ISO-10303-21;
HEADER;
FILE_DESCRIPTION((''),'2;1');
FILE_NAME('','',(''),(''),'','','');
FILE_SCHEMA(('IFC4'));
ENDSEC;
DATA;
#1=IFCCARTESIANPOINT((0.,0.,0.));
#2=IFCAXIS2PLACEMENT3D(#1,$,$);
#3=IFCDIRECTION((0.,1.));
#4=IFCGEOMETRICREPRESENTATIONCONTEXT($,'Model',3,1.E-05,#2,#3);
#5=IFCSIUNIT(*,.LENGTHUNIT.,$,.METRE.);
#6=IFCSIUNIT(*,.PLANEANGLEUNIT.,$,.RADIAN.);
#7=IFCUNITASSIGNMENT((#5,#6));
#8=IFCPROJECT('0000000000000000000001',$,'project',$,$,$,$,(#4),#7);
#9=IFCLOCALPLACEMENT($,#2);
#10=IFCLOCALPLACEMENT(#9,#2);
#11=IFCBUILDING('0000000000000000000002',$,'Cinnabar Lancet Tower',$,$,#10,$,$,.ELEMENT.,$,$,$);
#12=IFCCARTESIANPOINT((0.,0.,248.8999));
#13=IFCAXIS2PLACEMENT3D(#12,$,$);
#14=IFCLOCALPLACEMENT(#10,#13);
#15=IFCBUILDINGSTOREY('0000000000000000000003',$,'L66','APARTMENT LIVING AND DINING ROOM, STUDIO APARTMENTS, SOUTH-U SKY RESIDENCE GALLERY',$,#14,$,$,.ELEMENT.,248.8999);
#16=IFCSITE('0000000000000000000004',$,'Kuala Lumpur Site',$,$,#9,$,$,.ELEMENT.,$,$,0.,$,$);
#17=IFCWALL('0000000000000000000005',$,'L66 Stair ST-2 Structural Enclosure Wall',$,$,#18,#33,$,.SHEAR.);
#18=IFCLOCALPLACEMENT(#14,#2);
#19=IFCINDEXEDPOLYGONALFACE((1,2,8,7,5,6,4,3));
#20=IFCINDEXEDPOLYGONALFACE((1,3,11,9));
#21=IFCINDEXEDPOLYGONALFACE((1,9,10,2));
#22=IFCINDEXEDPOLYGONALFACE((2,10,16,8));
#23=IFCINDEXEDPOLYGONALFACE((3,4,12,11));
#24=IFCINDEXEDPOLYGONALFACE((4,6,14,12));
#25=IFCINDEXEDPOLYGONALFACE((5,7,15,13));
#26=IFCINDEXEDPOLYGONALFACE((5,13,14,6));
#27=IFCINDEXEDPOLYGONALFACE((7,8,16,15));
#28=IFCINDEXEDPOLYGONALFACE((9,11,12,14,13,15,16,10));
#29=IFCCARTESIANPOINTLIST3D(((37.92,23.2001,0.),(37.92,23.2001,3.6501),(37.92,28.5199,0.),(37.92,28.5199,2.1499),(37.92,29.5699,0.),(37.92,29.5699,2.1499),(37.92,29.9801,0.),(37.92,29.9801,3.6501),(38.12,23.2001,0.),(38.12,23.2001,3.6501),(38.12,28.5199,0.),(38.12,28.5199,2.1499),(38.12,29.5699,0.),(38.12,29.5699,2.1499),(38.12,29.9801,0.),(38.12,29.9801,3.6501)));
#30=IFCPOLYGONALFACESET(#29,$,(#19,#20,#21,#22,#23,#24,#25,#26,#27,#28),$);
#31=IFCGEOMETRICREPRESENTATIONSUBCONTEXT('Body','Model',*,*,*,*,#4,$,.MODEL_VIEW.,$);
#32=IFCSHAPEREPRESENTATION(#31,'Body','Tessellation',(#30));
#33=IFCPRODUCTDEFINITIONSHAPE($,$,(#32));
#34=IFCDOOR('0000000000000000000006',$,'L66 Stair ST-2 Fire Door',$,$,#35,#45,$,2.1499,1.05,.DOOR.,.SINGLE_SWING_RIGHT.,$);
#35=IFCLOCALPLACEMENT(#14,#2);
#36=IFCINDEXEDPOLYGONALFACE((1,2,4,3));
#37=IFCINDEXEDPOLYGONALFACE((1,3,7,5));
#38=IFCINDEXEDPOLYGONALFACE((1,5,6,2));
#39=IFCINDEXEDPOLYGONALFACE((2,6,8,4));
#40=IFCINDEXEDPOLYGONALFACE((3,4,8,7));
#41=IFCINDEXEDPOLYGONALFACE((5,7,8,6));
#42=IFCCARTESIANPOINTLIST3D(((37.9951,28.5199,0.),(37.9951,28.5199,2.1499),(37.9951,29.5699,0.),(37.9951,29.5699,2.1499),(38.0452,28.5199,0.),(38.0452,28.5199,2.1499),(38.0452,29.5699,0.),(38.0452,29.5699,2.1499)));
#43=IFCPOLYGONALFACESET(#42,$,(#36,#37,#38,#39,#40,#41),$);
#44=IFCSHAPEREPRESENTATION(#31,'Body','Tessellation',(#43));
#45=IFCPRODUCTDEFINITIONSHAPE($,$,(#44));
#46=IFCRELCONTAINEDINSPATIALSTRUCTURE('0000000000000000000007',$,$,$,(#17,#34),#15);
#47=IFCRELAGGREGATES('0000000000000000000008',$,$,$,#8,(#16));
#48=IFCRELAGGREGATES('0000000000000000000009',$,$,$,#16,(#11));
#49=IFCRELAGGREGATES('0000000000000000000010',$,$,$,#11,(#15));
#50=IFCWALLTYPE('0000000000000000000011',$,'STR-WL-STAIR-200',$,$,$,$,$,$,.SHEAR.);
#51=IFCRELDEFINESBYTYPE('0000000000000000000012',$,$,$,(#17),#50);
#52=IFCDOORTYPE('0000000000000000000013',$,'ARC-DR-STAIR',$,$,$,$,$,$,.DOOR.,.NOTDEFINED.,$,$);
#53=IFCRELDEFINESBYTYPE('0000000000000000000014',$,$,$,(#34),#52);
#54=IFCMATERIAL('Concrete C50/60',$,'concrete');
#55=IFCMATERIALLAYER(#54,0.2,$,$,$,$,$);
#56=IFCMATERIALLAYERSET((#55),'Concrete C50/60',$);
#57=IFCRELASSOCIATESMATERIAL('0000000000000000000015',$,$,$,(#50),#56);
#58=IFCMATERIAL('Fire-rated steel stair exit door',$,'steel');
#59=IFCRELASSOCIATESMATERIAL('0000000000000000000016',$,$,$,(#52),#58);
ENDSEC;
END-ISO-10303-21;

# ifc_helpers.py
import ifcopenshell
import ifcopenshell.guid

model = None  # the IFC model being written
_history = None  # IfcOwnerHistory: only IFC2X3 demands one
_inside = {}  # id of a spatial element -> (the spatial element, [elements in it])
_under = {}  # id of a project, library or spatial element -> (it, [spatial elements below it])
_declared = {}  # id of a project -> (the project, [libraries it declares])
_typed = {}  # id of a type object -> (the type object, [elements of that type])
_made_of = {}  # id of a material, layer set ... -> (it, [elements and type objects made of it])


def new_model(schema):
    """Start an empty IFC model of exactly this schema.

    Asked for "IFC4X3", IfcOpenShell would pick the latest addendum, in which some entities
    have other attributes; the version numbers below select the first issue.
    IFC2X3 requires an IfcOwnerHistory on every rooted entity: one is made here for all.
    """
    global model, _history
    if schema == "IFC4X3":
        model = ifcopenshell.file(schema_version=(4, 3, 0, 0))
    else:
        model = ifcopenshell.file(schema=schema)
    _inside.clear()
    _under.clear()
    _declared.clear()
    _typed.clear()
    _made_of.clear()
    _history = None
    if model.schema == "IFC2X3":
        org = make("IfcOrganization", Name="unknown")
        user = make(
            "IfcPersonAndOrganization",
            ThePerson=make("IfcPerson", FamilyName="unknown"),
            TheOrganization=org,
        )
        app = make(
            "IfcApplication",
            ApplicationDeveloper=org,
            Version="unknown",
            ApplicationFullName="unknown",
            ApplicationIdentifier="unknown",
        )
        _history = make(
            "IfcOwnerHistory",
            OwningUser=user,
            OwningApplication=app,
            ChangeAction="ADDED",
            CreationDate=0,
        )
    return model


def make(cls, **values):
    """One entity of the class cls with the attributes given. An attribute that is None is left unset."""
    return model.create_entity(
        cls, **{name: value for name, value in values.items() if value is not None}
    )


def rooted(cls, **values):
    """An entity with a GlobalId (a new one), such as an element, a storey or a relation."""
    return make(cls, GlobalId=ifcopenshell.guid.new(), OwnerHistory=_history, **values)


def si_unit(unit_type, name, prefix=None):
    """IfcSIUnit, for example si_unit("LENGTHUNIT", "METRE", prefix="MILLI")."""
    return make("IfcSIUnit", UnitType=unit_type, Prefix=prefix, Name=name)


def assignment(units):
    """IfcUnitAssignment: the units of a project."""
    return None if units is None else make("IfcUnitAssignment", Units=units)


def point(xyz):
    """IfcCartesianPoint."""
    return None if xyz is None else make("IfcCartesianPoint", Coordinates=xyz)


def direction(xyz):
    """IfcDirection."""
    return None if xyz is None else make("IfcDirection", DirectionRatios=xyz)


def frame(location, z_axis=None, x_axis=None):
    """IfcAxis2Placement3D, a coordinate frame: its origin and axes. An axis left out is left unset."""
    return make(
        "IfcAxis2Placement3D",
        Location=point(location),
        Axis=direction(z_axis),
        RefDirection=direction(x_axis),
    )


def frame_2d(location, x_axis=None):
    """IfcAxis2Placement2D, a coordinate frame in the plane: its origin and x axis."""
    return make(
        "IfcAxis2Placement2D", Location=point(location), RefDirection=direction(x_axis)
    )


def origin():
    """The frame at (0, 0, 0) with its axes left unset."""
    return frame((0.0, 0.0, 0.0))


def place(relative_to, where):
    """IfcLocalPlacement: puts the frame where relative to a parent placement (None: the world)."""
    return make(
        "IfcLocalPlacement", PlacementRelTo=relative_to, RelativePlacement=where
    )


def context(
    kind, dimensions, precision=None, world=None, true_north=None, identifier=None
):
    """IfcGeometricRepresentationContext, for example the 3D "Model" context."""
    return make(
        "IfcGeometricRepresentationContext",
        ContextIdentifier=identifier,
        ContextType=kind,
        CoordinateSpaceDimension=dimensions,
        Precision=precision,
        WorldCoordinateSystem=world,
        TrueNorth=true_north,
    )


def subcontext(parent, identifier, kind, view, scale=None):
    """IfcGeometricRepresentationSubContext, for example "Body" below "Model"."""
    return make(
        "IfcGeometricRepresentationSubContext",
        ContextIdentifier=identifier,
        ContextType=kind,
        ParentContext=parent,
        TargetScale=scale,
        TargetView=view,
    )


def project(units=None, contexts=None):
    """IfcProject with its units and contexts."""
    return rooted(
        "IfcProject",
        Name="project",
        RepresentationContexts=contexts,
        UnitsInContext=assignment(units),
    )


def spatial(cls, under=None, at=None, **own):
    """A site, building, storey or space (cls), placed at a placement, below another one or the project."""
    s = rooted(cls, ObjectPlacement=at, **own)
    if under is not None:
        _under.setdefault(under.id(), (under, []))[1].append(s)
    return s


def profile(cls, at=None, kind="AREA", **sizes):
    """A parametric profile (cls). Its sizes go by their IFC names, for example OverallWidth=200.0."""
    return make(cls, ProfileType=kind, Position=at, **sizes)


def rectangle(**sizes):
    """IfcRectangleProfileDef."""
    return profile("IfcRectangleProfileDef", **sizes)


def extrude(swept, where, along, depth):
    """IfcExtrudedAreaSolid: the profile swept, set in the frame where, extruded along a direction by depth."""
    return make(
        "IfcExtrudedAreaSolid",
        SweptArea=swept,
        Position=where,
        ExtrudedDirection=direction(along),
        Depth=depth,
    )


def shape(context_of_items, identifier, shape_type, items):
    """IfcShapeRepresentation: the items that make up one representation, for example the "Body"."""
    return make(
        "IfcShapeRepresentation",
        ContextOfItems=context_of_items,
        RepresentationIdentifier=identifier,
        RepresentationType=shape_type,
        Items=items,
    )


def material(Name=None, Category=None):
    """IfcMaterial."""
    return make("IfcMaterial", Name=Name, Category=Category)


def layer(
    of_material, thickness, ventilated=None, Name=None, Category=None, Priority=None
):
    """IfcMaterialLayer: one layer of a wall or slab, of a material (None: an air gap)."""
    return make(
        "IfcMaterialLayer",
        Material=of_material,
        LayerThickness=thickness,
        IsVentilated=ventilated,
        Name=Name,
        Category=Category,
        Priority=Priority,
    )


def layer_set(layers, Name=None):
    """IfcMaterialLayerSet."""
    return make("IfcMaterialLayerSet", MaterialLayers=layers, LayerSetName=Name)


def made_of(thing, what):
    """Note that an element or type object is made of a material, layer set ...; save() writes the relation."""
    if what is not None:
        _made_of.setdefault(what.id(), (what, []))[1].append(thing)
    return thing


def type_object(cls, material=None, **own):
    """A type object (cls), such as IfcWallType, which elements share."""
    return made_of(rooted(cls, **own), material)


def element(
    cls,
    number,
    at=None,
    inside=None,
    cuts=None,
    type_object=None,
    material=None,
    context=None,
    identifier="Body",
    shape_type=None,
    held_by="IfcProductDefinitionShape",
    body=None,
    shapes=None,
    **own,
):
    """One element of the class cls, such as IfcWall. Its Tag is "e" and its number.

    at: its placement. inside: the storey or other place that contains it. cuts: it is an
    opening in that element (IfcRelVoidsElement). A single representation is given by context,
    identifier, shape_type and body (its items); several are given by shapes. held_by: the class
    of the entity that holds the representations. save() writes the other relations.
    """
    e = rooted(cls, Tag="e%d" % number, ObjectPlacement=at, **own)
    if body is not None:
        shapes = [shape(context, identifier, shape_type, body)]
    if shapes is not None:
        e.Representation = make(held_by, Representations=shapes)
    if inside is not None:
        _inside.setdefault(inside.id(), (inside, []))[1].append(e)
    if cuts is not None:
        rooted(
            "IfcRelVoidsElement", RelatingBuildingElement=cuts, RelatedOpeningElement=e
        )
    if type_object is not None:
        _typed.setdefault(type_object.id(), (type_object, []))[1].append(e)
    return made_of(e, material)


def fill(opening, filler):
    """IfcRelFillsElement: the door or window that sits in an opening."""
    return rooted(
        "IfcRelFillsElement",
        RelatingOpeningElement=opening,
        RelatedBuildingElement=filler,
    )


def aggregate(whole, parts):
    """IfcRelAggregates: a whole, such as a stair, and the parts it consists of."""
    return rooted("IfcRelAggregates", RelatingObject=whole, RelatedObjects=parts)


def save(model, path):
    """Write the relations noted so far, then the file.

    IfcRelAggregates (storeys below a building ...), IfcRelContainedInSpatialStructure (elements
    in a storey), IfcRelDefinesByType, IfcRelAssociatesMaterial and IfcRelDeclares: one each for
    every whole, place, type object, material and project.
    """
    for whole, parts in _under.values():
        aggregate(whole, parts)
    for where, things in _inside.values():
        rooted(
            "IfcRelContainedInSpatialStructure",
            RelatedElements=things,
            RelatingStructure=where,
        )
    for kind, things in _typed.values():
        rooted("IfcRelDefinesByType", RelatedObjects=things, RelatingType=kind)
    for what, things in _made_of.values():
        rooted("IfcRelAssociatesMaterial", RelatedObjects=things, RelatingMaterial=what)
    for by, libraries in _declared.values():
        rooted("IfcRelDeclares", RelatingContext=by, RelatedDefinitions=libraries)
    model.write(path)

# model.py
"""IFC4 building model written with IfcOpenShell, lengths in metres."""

from ifc_helpers import new_model, si_unit, direction, frame, frame_2d, origin, place, context, subcontext, project, spatial, rectangle, extrude, material, layer, layer_set, type_object, element, fill, save


model = new_model("IFC4")

# Units and contexts
model_context = context("Model", 3, precision=1e-05, world=origin(), true_north=direction((0.0, 1.0)))
body_context = subcontext(model_context, "Body", "Model", "MODEL_VIEW")
ifc_project = project(units=[si_unit("LENGTHUNIT", "METRE"), si_unit("PLANEANGLEUNIT", "RADIAN")], contexts=[model_context])

# Site, building, storey
site_placement = place(None, origin())
site = spatial("IfcSite", under=ifc_project, at=site_placement, Name="Kuala Lumpur Site", CompositionType="ELEMENT", RefElevation=0.0)
building_placement = place(site_placement, origin())
building = spatial("IfcBuilding", under=site, at=building_placement, Name="Cinnabar Lancet Tower", CompositionType="ELEMENT")
storey_placement = place(building_placement, frame((0.0, 0.0, 248.8999)))
storey = spatial("IfcBuildingStorey", under=building, at=storey_placement, Name="L66", Description="APARTMENT LIVING AND DINING ROOM, STUDIO APARTMENTS, SOUTH-U SKY RESIDENCE GALLERY", CompositionType="ELEMENT", Elevation=248.8999)

# Wall, opening, door
ifc_material_1 = material(Name="Concrete C50/60", Category="concrete")
ifc_layer_1 = layer(ifc_material_1, 0.2)
ifc_layer_set_1 = layer_set([ifc_layer_1], Name="Concrete C50/60")
wall_type_1 = type_object("IfcWallType", Name="STR-WL-STAIR-200", PredefinedType="SHEAR", material=ifc_layer_set_1)
wall_1_placement = place(storey_placement, frame((38.02, 23.2, 0.0), z_axis=(0.0, 0.0, 1.0), x_axis=(0.0, 1.0, 0.0)))
wall_1 = element("IfcWall", 1, at=wall_1_placement, inside=storey, type_object=wall_type_1, Name="L66 Stair ST-2 Structural Enclosure Wall", PredefinedType="SHEAR", context=body_context, shape_type="SweptSolid", body=[
    extrude(rectangle(XDim=6.78, YDim=0.2, at=frame_2d((3.3901, 0.0))), origin(), (0.0, 0.0, 1.0), 3.6501),
])
opening_1_placement = place(wall_1_placement, frame((5.3201, 0.0, 0.0)))
opening_1 = element("IfcOpeningElement", 2, at=opening_1_placement, cuts=wall_1, PredefinedType="OPENING", context=body_context, shape_type="SweptSolid", body=[
    extrude(rectangle(XDim=1.05, YDim=2.1499, at=frame_2d((0.5249, 1.075))), frame((0.0, 0.1099, 0.0), z_axis=(0.0, -1.0, 0.0), x_axis=(1.0, 0.0, 0.0)), (0.0, 0.0, 1.0), 0.22),
])
ifc_material_2 = material(Name="Fire-rated steel stair exit door", Category="steel")
door_type_1 = type_object("IfcDoorType", Name="ARC-DR-STAIR", OperationType="NOTDEFINED", PredefinedType="DOOR", material=ifc_material_2)
door_1_placement = place(opening_1_placement, origin())
door_1 = element("IfcDoor", 3, at=door_1_placement, inside=storey, type_object=door_type_1, Name="L66 Stair ST-2 Fire Door", OperationType="SINGLE_SWING_RIGHT", OverallHeight=2.1499, OverallWidth=1.05, PredefinedType="DOOR", context=body_context, shape_type="SweptSolid", body=[
    extrude(rectangle(XDim=1.05, YDim=2.1499, at=frame_2d((0.5249, 1.075))), frame((0.0, 0.0249, 0.0), z_axis=(0.0, -1.0, 0.0), x_axis=(1.0, 0.0, 0.0)), (0.0, 0.0, 1.0), 0.05),
])
fill(opening_1, door_1)

save(model, "model.ifc")
